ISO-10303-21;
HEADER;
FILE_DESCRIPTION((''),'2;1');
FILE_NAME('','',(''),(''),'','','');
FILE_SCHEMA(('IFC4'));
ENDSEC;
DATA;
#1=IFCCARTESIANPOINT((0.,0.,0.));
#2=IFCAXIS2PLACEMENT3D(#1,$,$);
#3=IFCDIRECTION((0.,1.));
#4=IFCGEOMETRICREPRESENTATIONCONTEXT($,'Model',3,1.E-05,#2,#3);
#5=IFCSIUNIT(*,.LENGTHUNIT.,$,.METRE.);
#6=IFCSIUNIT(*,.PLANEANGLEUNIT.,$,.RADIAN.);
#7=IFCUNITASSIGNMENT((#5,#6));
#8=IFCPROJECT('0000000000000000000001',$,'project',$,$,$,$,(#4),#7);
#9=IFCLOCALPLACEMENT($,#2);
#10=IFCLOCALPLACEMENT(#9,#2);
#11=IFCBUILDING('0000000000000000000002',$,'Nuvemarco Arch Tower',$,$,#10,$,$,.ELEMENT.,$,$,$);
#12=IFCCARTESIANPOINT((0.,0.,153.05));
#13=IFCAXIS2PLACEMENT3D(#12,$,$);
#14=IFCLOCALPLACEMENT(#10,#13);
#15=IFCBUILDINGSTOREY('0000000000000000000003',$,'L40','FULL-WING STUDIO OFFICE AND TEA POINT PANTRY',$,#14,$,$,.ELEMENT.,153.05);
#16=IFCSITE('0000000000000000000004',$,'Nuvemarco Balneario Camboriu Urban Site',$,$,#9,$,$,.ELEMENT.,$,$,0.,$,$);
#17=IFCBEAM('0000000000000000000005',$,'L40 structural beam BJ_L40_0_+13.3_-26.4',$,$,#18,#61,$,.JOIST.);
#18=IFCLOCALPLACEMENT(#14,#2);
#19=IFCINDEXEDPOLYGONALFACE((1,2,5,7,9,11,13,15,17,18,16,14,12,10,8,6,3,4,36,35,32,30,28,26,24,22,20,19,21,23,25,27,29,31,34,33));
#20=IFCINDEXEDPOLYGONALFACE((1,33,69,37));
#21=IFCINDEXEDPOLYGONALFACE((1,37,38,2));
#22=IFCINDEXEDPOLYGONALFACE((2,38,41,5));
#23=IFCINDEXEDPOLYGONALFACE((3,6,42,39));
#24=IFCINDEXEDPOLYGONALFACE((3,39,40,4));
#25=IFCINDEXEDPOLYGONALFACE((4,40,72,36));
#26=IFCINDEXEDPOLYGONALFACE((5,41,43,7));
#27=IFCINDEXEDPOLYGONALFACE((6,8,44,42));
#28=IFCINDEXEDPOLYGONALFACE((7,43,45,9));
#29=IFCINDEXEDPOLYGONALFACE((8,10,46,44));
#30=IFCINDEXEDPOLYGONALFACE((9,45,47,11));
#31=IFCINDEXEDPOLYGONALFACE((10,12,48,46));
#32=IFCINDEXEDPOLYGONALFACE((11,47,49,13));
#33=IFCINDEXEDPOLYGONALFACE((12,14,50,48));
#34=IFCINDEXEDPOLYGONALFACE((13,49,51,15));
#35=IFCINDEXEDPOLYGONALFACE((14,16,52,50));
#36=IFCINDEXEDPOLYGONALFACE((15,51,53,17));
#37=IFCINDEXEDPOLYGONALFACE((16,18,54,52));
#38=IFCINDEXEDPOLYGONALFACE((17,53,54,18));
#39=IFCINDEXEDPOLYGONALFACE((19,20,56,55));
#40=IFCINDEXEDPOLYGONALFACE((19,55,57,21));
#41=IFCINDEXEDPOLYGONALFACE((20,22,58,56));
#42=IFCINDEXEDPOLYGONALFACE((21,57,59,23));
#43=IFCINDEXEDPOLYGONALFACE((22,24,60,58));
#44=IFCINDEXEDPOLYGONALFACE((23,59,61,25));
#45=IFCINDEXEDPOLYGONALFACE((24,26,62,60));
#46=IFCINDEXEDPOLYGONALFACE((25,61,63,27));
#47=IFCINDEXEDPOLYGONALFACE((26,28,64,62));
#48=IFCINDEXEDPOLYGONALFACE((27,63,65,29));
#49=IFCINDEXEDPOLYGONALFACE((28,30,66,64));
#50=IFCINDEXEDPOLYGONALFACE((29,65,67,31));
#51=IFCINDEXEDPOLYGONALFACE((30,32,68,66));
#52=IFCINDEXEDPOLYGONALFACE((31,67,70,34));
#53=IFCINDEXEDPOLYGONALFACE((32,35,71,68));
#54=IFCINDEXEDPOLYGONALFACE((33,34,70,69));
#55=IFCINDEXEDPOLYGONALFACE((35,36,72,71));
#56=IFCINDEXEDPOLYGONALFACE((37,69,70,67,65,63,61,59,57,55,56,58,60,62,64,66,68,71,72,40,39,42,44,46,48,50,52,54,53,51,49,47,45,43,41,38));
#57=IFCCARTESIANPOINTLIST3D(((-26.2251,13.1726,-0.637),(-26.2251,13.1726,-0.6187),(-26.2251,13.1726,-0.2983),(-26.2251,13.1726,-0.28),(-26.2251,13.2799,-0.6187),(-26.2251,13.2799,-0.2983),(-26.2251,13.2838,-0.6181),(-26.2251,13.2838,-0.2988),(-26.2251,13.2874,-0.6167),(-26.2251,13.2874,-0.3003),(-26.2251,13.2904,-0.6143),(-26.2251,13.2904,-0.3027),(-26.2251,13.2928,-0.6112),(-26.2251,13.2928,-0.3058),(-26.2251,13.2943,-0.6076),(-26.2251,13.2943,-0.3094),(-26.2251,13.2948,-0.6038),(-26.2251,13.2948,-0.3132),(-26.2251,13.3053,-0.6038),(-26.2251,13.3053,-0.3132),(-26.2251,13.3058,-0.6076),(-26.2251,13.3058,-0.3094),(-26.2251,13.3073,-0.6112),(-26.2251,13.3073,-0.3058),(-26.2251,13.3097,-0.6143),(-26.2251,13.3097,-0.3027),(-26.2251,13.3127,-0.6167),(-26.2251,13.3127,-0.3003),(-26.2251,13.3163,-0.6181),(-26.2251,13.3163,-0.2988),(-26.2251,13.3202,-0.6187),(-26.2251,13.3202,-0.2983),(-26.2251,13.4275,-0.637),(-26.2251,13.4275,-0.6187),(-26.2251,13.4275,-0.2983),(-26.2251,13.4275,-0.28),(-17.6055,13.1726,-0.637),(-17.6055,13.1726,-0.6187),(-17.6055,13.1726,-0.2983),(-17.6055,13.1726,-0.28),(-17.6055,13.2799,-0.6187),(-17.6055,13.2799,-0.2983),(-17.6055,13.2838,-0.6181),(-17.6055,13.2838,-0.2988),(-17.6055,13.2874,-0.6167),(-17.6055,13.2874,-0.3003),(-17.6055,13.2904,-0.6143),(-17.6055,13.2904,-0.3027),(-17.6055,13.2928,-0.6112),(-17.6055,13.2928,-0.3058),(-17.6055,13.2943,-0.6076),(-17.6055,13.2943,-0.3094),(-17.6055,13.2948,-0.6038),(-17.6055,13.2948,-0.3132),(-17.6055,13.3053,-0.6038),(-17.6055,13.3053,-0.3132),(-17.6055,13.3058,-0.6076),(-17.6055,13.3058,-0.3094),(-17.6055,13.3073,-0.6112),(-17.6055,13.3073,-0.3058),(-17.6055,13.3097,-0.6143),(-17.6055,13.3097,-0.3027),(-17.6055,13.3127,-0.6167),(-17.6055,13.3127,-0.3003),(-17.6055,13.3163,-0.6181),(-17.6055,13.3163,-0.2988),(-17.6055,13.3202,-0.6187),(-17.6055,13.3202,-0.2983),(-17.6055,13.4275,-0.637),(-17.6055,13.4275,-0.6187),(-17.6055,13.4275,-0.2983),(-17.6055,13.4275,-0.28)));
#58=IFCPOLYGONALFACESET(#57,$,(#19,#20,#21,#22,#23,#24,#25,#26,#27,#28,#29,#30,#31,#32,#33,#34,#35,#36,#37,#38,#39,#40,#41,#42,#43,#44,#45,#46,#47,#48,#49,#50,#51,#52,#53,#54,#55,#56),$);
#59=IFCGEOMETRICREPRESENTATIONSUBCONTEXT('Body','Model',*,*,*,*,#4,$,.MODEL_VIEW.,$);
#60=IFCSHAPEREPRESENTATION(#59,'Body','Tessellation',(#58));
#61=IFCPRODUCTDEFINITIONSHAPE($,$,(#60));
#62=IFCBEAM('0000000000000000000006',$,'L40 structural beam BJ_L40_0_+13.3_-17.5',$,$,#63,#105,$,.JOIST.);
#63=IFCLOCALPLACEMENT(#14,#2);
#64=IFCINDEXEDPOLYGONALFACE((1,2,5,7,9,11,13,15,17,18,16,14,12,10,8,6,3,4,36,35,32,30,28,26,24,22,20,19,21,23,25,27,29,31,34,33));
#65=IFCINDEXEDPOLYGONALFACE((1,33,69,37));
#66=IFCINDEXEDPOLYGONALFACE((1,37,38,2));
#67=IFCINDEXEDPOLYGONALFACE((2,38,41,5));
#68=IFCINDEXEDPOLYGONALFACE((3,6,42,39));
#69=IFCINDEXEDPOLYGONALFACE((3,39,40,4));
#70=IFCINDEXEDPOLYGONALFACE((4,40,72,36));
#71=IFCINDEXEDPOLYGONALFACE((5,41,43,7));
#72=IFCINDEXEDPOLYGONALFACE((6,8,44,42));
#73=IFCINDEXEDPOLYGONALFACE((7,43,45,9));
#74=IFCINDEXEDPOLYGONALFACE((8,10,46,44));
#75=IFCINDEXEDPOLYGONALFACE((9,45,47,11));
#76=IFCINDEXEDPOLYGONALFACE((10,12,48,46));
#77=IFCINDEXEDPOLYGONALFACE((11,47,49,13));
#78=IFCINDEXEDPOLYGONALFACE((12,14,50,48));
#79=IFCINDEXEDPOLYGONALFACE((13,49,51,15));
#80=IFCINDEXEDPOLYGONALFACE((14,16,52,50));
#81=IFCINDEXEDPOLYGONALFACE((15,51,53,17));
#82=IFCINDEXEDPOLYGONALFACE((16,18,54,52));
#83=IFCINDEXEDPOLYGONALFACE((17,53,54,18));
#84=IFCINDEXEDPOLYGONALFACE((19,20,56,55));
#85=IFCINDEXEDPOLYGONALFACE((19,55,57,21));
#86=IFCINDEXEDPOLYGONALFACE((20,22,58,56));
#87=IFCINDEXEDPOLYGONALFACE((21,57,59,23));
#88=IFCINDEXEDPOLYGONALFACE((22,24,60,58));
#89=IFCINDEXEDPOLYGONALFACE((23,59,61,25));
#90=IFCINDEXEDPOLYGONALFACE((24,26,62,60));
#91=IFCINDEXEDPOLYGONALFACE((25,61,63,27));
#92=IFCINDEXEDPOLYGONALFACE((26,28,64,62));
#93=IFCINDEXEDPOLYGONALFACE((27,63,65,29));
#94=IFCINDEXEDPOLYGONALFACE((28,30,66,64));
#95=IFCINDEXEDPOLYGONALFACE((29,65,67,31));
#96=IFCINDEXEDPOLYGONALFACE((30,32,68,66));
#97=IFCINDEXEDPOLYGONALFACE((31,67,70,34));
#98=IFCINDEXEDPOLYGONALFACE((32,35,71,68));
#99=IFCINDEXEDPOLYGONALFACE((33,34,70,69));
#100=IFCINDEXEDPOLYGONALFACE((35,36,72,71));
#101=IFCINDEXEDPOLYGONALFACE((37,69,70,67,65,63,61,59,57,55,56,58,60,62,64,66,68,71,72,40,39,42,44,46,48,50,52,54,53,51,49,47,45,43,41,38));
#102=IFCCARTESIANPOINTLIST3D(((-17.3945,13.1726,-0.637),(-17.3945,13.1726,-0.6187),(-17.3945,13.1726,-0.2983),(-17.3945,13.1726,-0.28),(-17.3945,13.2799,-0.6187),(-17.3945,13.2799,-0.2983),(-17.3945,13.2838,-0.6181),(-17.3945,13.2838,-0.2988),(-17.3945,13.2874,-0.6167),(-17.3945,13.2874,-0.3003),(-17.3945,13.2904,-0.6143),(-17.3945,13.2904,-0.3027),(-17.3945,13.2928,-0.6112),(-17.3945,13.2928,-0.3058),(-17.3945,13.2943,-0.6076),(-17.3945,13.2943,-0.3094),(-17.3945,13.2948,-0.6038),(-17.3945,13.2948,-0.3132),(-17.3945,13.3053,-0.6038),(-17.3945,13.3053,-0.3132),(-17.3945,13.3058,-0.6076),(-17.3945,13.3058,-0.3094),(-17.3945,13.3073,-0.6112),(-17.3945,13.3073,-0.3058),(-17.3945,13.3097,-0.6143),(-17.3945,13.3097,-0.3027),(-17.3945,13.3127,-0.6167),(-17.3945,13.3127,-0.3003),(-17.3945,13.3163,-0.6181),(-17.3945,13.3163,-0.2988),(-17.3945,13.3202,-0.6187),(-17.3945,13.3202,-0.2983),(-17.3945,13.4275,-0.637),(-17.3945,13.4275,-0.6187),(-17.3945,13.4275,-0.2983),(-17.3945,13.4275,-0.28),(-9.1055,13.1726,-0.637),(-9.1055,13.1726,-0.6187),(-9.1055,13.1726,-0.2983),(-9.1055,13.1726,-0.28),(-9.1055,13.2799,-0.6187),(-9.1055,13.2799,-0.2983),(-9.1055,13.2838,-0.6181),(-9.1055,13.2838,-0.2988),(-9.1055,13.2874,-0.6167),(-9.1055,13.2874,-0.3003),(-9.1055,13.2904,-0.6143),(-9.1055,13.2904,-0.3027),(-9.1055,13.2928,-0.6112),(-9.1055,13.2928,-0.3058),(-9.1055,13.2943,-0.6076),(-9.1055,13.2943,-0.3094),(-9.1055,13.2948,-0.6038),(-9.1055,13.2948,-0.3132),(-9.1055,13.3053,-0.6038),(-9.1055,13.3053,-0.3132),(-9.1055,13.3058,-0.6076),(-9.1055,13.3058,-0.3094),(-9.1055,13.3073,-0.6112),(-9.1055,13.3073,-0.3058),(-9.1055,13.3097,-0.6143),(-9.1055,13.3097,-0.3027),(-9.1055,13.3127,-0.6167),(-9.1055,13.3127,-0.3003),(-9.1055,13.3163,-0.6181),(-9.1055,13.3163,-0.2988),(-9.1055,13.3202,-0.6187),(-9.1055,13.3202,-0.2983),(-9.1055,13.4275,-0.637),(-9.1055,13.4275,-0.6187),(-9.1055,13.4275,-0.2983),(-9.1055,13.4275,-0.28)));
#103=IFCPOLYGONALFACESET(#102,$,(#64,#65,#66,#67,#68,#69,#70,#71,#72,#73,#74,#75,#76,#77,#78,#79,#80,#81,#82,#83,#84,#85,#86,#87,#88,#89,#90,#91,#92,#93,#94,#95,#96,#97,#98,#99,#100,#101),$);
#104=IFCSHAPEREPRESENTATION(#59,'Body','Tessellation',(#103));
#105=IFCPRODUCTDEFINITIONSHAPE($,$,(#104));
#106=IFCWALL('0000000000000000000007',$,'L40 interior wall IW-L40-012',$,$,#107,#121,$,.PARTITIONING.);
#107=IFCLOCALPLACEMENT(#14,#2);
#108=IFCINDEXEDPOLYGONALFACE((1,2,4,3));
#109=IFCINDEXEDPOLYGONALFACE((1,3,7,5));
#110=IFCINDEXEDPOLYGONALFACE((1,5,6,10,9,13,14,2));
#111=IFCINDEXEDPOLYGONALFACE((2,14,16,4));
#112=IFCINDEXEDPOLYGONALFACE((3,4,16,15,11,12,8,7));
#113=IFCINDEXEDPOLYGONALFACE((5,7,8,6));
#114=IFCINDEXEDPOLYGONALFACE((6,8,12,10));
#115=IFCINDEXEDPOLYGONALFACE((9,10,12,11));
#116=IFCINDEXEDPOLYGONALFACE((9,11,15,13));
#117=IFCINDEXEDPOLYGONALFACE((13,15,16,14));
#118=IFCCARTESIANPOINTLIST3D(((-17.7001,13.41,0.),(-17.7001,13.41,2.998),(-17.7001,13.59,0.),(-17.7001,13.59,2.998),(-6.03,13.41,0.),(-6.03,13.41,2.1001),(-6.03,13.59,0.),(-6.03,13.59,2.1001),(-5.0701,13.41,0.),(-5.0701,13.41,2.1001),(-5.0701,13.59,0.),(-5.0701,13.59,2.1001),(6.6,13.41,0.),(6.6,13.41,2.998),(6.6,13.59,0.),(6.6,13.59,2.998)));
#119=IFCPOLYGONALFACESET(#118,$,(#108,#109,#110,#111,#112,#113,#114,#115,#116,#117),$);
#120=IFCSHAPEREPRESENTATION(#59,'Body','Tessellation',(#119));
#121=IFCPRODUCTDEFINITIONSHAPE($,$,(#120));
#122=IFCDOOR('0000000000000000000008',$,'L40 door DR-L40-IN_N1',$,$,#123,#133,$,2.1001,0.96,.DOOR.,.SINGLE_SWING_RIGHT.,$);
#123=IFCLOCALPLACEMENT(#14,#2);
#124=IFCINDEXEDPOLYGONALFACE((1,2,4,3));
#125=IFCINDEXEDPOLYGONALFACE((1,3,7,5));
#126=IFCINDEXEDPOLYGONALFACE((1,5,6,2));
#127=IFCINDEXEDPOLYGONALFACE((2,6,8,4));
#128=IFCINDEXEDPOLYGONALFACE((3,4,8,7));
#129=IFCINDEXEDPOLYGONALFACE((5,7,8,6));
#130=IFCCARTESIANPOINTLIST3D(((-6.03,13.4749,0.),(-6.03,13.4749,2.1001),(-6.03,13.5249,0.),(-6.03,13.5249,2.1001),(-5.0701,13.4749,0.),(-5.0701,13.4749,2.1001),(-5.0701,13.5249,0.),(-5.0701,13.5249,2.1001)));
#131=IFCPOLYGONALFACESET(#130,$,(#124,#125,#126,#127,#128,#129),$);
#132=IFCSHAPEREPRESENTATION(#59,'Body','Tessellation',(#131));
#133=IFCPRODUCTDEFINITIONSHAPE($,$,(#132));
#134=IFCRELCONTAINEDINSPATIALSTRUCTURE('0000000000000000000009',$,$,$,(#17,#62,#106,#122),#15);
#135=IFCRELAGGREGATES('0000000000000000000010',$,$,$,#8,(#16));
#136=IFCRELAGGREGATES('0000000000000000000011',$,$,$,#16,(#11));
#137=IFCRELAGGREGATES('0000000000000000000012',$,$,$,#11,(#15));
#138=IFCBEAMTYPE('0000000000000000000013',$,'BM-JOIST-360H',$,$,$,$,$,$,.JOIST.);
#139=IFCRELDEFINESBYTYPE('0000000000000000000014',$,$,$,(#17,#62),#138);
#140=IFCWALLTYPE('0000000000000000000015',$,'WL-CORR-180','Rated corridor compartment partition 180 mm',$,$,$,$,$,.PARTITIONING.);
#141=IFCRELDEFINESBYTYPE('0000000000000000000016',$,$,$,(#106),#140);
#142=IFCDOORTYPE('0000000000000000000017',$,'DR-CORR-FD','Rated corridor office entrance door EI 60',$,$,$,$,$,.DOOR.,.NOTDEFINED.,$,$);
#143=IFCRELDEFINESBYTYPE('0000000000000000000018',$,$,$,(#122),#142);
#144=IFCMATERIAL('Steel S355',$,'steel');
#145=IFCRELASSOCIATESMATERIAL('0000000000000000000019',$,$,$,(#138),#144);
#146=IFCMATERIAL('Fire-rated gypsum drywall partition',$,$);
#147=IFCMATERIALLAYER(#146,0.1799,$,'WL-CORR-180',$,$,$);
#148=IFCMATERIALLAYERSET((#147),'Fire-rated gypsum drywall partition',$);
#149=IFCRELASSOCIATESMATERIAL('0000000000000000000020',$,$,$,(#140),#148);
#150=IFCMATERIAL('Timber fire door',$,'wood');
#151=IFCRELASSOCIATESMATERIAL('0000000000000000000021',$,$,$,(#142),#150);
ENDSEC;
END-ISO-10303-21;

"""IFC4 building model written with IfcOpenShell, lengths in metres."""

from ifc_helpers import new_model, si_unit, direction, frame, frame_2d, origin, origin_2d, place, context, subcontext, project, spatial, rectangle, i_section, extrude, source, transform, mapped, material, layer, layer_set, material_profile, profile_set, type_object, type_shapes, element, fill, save


model = new_model("IFC4")

# Units and contexts
model_context = context("Model", 3, precision=1e-05, world=origin(), true_north=direction((0.0, 1.0)))
body_context = subcontext(model_context, "Body", "Model", "MODEL_VIEW")
ifc_project = project(units=[si_unit("LENGTHUNIT", "METRE"), si_unit("PLANEANGLEUNIT", "RADIAN")], contexts=[model_context])

# Site, building, storey
site_placement = place(None, origin())
site = spatial("IfcSite", under=ifc_project, at=site_placement, Name="Nuvemarco Balneario Camboriu Urban Site", CompositionType="ELEMENT", RefElevation=0.0)
building_placement = place(site_placement, origin())
building = spatial("IfcBuilding", under=site, at=building_placement, Name="Nuvemarco Arch Tower", CompositionType="ELEMENT")
storey_placement = place(building_placement, frame((0.0, 0.0, 153.05)))
storey = spatial("IfcBuildingStorey", under=building, at=storey_placement, Name="L40", Description="FULL-WING STUDIO OFFICE AND TEA POINT PANTRY", CompositionType="ELEMENT", Elevation=153.05)

# Shared definitions
ifc_material_1 = material(Name="Steel S355", Category="steel")

# Beams
ifc_material_profile_1 = material_profile(ifc_material_1, i_section(OverallWidth=0.2549, OverallDepth=0.3569, WebThickness=0.0105, FlangeThickness=0.0183, FilletRadius=0.0149, at=origin_2d()), Name="W360x101")
ifc_profile_set_1 = profile_set([ifc_material_profile_1], Name="Steel S355")
beam_type_1 = type_object("IfcBeamType", Name="BM-JOIST-360H", PredefinedType="JOIST", material=ifc_profile_set_1)
beam_1_placement = place(storey_placement, frame((-26.2251, 13.3, -0.4585), z_axis=(1.0, 0.0, 0.0), x_axis=(0.0, 1.0, 0.0)))
element("IfcBeam", 1, at=beam_1_placement, inside=storey, type_object=beam_type_1, Name="L40 structural beam BJ_L40_0_+13.3_-26.4", PredefinedType="JOIST", context=body_context, shape_type="SweptSolid", body=[
    extrude(i_section(OverallWidth=0.2549, OverallDepth=0.3569, WebThickness=0.0105, FlangeThickness=0.0183, FilletRadius=0.0149, at=origin_2d()), origin(), (0.0, 0.0, 1.0), 8.6196),
])
beam_2_placement = place(storey_placement, frame((-17.3945, 13.3, -0.4585), z_axis=(1.0, 0.0, 0.0), x_axis=(0.0, 1.0, 0.0)))
element("IfcBeam", 2, at=beam_2_placement, inside=storey, type_object=beam_type_1, Name="L40 structural beam BJ_L40_0_+13.3_-17.5", PredefinedType="JOIST", context=body_context, shape_type="SweptSolid", body=[
    extrude(i_section(OverallWidth=0.2549, OverallDepth=0.3569, WebThickness=0.0105, FlangeThickness=0.0183, FilletRadius=0.0149, at=origin_2d()), origin(), (0.0, 0.0, 1.0), 8.2891),
])

# Wall, opening, door
ifc_material_2 = material(Name="Fire-rated gypsum drywall partition")
ifc_layer = layer(ifc_material_2, 0.1799, Name="WL-CORR-180")
ifc_layer_set = layer_set([ifc_layer], Name="Fire-rated gypsum drywall partition")
wall_type = type_object("IfcWallType", Name="WL-CORR-180", Description="Rated corridor compartment partition 180 mm", PredefinedType="PARTITIONING", material=ifc_layer_set)
wall_1_placement = place(storey_placement, frame((-17.7, 13.5, 0.0), z_axis=(0.0, 0.0, 1.0), x_axis=(1.0, 0.0, 0.0)))
wall_1 = element("IfcWall", 3, at=wall_1_placement, inside=storey, type_object=wall_type, Name="L40 interior wall IW-L40-012", PredefinedType="PARTITIONING", context=body_context, shape_type="SweptSolid", body=[
    extrude(rectangle(XDim=24.3, YDim=0.1799, at=frame_2d((12.1499, 0.0))), origin(), (0.0, 0.0, 1.0), 2.998),
])
opening_1_placement = place(wall_1_placement, frame((11.6699, 0.0, 0.0)))
opening_1 = element("IfcOpeningElement", 4, at=opening_1_placement, cuts=wall_1, PredefinedType="OPENING", context=body_context, shape_type="SweptSolid", body=[
    extrude(rectangle(XDim=0.96, YDim=2.1001, at=frame_2d((0.48, 1.05))), frame((0.0, 0.0999, 0.0), z_axis=(0.0, -1.0, 0.0), x_axis=(1.0, 0.0, 0.0)), (0.0, 0.0, 1.0), 0.2),
])
ifc_material_3 = material(Name="Timber fire door", Category="wood")
door_type = type_object("IfcDoorType", Name="DR-CORR-FD", Description="Rated corridor office entrance door EI 60", OperationType="NOTDEFINED", PredefinedType="DOOR", material=ifc_material_3)
shared_shape_1 = source(origin(), body_context, "Body", "SweptSolid", [
    extrude(rectangle(XDim=0.96, YDim=2.1001, at=frame_2d((0.48, 1.05))), frame((0.0, 0.0249, 0.0), z_axis=(0.0, -1.0, 0.0), x_axis=(1.0, 0.0, 0.0)), (0.0, 0.0, 1.0), 0.05),
])
type_shapes(door_type, [shared_shape_1])
door_1_placement = place(opening_1_placement, origin())
door_1 = element("IfcDoor", 5, at=door_1_placement, inside=storey, type_object=door_type, Name="L40 door DR-L40-IN_N1", OperationType="SINGLE_SWING_RIGHT", OverallHeight=2.1001, OverallWidth=0.96, PredefinedType="DOOR", context=body_context, shape_type="MappedRepresentation", body=[
    mapped(shared_shape_1, transform((0.0, 0.0, 0.0), scale=1.0)),
])
fill(opening_1, door_1)

save(model, "model.ifc")
